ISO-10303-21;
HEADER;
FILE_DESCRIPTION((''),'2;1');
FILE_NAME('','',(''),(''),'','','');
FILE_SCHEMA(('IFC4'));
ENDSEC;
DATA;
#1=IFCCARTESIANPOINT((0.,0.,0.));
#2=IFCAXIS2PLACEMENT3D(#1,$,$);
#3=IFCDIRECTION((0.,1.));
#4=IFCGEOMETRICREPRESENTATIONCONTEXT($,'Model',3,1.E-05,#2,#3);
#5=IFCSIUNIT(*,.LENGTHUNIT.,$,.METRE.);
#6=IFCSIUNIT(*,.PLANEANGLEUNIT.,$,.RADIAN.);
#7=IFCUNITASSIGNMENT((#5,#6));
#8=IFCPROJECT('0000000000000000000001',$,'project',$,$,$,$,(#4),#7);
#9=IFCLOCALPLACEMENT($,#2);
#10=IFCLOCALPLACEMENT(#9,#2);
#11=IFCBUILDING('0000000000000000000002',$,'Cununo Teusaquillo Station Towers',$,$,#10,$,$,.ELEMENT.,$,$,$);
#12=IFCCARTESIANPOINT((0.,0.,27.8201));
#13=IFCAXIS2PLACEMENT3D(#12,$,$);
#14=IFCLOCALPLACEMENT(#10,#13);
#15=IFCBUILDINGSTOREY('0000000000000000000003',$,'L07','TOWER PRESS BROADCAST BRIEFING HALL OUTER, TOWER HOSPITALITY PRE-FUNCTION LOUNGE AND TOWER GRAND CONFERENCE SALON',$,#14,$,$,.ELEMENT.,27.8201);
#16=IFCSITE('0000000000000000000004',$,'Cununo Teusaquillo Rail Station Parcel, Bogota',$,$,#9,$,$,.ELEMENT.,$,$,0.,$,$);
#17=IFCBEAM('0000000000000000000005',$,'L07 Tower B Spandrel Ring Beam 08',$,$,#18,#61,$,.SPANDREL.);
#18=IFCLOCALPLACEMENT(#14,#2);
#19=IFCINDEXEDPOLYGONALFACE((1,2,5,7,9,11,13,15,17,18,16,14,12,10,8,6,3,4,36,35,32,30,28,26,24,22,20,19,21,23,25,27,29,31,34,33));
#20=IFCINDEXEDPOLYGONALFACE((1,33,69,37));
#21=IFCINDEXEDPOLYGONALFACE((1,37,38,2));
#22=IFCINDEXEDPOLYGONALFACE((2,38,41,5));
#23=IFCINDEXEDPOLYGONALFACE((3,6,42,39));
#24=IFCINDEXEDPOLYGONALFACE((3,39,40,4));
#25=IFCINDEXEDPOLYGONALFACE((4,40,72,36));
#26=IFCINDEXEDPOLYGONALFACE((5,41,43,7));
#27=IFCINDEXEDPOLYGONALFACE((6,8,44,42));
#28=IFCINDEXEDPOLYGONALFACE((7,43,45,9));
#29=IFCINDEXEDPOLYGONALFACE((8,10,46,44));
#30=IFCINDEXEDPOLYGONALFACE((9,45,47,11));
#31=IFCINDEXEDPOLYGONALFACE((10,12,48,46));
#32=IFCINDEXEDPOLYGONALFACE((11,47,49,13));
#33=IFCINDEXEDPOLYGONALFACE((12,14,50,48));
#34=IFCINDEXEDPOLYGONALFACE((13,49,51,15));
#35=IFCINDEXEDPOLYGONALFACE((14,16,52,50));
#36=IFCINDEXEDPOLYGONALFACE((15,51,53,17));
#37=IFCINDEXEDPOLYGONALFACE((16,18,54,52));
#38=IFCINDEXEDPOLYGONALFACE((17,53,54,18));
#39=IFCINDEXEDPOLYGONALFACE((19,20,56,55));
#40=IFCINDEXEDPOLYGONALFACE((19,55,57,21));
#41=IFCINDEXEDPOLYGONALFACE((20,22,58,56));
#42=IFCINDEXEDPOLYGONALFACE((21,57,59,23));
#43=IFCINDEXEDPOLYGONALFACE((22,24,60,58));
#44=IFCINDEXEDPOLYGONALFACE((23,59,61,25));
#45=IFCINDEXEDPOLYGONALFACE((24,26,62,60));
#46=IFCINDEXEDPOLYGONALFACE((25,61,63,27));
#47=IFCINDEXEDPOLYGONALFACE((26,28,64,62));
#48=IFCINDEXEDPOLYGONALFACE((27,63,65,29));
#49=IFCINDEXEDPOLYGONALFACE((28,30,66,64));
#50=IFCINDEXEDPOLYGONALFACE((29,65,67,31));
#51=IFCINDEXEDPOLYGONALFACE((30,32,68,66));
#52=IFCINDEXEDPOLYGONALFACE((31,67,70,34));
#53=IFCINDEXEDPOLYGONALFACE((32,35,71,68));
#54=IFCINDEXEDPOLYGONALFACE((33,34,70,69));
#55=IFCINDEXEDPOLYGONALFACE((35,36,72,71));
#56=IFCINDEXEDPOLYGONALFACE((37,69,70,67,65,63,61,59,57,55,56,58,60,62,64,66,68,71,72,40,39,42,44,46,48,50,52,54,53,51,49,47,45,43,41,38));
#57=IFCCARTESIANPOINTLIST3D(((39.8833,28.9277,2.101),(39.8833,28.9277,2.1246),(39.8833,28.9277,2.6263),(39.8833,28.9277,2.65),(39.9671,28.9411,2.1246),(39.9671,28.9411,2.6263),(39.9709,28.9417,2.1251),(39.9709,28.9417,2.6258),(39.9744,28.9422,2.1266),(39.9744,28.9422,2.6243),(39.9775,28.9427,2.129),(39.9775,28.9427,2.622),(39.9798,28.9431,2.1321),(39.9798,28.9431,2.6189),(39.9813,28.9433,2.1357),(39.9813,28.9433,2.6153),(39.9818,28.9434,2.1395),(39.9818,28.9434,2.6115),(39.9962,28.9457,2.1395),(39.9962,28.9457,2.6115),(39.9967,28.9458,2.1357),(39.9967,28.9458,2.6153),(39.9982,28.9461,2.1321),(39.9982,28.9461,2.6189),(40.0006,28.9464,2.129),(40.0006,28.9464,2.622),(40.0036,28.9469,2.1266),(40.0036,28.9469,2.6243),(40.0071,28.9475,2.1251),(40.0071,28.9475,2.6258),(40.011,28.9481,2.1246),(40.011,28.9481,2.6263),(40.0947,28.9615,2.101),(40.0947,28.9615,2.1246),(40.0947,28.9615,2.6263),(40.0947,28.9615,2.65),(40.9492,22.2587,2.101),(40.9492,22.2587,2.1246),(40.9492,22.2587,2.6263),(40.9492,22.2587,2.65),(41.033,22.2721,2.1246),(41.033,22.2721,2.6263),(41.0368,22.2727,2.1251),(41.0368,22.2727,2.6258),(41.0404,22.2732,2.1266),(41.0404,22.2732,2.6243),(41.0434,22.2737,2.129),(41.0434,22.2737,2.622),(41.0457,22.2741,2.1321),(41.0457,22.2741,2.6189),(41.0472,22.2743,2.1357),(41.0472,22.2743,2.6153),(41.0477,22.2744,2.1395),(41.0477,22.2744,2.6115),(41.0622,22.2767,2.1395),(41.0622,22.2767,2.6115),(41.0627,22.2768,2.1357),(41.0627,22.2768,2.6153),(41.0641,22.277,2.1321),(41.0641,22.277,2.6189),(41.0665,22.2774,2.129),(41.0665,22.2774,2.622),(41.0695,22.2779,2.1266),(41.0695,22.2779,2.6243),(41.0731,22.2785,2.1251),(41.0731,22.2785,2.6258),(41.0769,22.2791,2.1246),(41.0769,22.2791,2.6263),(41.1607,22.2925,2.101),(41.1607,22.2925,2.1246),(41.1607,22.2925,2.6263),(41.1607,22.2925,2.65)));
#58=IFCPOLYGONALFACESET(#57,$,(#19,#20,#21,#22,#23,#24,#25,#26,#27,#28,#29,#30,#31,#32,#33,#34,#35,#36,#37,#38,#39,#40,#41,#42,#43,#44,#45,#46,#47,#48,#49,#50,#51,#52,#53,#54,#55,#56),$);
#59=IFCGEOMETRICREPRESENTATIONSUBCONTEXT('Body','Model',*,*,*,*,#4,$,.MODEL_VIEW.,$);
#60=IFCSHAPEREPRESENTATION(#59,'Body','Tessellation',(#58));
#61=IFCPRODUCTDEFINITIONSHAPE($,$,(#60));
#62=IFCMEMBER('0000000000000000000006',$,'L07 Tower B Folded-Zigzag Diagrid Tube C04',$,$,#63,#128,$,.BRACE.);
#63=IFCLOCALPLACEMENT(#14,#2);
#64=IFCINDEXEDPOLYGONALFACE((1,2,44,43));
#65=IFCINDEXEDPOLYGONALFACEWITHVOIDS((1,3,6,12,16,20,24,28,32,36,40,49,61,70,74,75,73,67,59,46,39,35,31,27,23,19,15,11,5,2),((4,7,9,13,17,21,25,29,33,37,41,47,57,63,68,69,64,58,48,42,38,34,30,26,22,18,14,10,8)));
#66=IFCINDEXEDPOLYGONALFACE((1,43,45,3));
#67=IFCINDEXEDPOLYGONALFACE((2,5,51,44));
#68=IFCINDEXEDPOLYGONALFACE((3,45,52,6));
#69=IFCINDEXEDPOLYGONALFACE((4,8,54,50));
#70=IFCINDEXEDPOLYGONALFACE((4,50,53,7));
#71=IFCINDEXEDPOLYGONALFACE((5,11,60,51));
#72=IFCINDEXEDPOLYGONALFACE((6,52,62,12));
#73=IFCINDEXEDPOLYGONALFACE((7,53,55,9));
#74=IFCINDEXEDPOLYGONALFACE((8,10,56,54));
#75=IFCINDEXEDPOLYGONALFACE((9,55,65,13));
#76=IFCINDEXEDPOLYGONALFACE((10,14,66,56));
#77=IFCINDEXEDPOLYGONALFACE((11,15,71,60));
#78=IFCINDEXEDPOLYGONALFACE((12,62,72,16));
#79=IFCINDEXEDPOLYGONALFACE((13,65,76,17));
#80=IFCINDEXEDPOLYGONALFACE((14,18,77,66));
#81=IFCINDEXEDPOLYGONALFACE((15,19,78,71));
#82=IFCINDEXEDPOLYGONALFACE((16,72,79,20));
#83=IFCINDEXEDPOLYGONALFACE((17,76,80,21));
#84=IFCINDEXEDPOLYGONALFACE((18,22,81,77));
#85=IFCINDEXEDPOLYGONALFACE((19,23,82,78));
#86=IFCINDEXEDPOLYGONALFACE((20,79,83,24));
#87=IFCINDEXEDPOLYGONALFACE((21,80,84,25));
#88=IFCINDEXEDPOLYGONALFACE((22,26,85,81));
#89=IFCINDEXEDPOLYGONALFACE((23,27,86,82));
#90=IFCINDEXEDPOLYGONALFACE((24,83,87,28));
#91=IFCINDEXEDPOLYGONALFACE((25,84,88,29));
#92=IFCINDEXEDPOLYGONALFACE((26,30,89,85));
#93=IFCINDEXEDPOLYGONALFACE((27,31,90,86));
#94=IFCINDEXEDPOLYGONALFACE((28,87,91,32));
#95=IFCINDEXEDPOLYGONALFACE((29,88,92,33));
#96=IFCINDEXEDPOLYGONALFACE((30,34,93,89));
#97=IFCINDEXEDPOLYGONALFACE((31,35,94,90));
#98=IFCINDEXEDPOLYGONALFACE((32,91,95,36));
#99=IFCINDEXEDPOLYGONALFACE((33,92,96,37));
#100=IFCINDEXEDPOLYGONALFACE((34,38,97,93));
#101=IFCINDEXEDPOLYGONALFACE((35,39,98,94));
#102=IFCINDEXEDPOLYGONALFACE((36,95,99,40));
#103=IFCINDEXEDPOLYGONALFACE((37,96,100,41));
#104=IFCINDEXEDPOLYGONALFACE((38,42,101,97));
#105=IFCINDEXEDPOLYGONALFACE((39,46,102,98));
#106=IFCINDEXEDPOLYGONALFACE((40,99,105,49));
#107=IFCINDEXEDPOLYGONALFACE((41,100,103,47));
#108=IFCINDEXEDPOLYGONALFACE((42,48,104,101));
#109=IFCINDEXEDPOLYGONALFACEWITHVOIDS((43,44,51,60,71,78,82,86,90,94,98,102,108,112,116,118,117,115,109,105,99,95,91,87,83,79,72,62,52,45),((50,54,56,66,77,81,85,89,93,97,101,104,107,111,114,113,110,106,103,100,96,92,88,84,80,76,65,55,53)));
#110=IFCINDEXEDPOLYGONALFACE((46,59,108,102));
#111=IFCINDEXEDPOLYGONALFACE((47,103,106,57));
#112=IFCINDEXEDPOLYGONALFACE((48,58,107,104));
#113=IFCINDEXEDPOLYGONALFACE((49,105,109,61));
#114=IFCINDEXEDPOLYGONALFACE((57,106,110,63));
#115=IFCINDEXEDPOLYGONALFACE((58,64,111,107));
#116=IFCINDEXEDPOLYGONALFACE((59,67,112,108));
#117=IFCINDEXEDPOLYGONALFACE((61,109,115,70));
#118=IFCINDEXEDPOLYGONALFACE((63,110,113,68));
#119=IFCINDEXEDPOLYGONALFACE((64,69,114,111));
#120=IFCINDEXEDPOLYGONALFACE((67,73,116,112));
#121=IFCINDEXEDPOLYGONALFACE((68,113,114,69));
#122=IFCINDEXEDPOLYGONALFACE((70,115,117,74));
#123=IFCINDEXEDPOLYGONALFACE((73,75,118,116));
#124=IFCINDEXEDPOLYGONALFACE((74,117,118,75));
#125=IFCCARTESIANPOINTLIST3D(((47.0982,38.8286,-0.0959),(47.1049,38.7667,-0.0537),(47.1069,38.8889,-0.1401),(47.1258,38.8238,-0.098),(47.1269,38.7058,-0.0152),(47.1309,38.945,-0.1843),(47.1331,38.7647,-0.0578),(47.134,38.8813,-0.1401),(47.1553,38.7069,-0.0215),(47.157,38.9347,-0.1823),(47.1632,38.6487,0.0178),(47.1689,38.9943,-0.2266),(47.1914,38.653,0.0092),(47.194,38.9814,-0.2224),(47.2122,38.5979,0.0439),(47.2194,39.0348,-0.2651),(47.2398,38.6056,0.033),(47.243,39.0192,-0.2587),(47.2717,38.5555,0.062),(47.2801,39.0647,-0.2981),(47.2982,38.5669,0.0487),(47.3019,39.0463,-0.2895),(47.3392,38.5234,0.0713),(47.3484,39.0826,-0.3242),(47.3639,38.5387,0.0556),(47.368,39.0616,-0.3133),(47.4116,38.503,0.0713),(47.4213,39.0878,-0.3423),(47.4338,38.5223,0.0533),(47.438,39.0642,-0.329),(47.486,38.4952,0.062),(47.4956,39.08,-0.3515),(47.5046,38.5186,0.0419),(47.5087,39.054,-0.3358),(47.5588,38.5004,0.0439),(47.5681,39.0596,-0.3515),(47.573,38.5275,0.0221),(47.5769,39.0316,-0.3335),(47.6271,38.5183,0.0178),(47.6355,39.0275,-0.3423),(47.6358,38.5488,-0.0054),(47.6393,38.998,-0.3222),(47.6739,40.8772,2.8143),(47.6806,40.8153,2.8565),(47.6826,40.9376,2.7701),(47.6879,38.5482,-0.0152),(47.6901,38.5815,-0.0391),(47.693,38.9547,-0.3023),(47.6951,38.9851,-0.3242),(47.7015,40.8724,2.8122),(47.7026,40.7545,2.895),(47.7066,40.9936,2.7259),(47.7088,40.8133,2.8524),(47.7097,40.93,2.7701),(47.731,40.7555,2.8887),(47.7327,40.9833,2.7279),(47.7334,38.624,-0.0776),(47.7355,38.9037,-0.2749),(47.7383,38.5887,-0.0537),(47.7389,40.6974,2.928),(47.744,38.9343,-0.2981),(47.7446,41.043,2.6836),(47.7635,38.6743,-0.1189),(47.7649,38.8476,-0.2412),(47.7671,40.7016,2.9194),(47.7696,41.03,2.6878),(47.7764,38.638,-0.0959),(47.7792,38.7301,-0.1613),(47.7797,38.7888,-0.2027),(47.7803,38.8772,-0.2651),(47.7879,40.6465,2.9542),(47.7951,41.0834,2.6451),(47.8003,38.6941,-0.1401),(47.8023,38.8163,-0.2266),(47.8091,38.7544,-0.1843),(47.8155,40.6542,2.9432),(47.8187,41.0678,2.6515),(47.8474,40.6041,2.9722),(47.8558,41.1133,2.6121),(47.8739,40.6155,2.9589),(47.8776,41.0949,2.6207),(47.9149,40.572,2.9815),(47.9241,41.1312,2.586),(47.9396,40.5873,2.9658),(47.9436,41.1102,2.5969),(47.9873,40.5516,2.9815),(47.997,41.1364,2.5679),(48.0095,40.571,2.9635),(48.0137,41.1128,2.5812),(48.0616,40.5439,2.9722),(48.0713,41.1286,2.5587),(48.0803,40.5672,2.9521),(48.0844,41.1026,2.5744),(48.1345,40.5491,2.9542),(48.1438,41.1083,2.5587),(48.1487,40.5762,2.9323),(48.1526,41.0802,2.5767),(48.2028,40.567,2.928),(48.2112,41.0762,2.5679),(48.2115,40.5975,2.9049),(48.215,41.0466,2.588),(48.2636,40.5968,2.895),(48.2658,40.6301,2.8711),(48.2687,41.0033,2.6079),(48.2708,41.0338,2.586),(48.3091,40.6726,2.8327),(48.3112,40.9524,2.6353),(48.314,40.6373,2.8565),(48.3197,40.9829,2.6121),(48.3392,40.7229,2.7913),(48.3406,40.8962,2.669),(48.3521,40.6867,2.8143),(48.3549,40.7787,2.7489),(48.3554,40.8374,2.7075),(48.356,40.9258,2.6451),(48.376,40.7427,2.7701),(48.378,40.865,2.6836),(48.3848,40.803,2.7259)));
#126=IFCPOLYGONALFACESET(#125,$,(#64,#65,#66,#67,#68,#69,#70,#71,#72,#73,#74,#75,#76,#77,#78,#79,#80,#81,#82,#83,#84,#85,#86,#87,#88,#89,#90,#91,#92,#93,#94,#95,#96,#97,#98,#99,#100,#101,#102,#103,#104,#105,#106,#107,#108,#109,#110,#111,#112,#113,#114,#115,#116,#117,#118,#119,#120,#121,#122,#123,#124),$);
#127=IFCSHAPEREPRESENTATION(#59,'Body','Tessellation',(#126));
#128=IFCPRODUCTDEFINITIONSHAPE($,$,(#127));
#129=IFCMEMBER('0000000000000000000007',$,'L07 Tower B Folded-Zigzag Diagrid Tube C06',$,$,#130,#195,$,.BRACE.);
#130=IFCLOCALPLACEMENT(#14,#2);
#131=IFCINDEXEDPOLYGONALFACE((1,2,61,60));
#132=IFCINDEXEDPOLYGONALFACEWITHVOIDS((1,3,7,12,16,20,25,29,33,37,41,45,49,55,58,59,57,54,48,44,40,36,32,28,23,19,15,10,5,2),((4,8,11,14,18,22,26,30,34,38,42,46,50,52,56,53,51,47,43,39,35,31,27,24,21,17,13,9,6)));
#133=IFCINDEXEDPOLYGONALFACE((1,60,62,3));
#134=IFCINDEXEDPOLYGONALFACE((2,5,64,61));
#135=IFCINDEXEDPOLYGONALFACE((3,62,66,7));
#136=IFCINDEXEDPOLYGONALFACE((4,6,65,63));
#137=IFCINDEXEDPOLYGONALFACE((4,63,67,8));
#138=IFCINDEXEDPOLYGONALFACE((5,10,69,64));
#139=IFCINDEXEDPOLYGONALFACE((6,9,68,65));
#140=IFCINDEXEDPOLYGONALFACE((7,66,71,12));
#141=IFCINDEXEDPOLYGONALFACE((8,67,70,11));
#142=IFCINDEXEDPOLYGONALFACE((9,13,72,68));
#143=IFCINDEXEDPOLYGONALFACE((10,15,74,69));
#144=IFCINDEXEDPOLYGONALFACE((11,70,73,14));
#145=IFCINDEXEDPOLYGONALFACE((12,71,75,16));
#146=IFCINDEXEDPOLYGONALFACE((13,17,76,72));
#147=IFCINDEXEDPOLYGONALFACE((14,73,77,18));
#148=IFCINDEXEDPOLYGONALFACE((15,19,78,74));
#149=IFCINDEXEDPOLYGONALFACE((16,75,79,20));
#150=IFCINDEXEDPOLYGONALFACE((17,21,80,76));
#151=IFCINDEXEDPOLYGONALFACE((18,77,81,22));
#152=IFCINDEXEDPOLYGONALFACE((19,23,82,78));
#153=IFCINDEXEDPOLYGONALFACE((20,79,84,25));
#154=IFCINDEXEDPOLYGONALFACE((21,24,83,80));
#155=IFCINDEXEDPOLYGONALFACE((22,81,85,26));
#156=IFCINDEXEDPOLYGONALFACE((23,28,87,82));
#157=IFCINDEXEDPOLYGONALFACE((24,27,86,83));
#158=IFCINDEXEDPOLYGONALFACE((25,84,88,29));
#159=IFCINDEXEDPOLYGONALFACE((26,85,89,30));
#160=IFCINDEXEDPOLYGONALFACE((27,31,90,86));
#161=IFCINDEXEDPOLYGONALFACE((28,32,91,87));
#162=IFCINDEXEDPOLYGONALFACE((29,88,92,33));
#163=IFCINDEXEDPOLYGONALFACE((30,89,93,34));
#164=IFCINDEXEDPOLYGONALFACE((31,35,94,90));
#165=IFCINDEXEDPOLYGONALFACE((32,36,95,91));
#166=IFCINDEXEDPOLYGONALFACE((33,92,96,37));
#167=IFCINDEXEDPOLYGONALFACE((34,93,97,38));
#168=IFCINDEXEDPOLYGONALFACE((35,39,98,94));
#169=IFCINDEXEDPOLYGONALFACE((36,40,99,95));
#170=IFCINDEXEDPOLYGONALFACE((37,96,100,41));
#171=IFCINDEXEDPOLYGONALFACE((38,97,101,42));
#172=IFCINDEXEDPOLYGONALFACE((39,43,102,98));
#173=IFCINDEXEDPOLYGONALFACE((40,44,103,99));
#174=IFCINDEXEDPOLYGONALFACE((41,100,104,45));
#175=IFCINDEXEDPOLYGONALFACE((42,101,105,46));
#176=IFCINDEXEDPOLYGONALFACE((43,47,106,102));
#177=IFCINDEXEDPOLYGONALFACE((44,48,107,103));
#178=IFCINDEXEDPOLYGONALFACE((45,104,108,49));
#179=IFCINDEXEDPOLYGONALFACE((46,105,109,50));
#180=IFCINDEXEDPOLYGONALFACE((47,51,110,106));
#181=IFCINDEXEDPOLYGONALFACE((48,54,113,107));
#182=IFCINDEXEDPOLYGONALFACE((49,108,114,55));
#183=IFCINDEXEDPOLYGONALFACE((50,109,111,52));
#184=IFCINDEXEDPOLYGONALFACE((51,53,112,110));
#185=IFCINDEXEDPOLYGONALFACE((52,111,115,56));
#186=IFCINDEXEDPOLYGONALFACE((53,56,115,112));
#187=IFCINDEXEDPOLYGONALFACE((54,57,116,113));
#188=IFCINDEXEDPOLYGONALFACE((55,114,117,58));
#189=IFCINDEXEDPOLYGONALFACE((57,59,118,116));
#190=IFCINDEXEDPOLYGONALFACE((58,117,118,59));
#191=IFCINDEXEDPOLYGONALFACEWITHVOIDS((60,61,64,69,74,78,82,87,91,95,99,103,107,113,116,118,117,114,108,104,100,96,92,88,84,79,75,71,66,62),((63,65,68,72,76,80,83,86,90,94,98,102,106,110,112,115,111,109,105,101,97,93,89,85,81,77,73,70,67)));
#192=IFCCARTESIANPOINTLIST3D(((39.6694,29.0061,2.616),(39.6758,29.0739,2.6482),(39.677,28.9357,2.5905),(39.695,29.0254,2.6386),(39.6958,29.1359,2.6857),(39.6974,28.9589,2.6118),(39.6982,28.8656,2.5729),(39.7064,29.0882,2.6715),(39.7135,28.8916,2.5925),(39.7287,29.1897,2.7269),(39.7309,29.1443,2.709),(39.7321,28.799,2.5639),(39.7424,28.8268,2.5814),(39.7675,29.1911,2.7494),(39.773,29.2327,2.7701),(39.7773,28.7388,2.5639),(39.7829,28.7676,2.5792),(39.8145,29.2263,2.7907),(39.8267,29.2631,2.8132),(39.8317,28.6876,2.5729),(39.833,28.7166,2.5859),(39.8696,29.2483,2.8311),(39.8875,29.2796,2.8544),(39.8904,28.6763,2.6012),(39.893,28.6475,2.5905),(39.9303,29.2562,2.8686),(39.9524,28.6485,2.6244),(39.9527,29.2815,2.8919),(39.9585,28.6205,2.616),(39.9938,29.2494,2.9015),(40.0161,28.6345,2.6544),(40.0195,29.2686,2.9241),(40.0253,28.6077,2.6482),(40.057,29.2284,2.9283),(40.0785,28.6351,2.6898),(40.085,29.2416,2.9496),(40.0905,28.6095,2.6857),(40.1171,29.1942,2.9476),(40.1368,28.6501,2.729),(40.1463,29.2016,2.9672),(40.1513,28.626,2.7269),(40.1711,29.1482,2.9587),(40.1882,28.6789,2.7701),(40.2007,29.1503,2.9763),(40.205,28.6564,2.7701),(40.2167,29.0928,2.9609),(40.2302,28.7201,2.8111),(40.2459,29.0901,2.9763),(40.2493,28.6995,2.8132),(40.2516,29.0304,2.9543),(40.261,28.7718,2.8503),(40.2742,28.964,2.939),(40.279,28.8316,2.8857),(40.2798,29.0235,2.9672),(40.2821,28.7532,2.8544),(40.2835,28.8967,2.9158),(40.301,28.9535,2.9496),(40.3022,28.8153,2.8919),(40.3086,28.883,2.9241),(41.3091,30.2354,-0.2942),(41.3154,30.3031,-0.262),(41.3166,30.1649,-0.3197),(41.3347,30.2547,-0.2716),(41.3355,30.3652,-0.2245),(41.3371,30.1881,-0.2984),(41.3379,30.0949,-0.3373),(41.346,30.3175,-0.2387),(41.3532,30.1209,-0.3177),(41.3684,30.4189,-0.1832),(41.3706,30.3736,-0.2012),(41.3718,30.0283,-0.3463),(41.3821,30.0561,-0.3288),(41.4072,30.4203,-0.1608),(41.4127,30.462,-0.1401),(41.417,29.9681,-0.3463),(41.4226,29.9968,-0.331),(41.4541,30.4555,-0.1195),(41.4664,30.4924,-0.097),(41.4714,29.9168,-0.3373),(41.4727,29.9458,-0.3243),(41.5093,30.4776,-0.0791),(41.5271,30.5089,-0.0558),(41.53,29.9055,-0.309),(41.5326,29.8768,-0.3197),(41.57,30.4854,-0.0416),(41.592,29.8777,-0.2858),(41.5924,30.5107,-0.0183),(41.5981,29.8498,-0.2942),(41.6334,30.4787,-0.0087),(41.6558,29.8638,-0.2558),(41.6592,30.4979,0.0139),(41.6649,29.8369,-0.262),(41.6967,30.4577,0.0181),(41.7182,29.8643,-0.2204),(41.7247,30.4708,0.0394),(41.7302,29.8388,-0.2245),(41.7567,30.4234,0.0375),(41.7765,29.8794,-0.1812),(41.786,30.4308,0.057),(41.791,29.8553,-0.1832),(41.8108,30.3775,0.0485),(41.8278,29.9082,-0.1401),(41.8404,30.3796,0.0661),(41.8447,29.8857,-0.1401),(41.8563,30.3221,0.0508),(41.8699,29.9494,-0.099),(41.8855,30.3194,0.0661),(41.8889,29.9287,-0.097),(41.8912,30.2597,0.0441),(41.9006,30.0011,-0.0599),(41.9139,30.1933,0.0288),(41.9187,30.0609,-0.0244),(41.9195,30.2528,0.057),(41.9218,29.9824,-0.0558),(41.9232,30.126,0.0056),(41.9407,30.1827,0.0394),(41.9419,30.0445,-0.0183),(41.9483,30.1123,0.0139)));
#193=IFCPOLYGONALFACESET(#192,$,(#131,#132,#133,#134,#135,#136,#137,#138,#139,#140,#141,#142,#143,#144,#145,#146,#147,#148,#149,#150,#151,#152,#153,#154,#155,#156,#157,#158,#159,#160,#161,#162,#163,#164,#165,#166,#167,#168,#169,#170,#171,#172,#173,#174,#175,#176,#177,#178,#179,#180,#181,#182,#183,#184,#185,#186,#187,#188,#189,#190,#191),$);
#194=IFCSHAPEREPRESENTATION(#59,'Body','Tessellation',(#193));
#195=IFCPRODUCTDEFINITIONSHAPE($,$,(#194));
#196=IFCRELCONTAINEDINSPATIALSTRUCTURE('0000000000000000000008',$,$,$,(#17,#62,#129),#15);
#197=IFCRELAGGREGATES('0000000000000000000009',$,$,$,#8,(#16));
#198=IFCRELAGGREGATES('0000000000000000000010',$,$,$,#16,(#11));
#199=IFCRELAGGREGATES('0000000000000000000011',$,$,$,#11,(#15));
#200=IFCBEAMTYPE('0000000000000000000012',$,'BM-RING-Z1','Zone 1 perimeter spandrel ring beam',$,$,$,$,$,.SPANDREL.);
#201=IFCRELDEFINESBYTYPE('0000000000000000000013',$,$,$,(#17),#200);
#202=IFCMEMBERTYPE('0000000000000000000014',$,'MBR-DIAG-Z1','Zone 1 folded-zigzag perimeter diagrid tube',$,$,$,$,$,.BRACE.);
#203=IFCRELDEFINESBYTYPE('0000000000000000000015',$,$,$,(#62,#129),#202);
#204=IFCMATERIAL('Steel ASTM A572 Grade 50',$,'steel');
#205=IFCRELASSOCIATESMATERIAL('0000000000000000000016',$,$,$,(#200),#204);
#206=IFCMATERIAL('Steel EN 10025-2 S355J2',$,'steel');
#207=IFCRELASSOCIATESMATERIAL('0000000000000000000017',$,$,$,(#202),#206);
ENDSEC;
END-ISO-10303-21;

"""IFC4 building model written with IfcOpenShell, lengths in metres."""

from ifc_helpers import new_model, si_unit, direction, frame, origin, origin_2d, place, context, subcontext, project, spatial, hollow_circle, i_section, extrude, material, material_profile, profile_set, type_object, element, save


model = new_model("IFC4")

# Units and contexts
model_context = context("Model", 3, precision=1e-05, world=origin(), true_north=direction((0.0, 1.0)))
body_context = subcontext(model_context, "Body", "Model", "MODEL_VIEW")
ifc_project = project(units=[si_unit("LENGTHUNIT", "METRE"), si_unit("PLANEANGLEUNIT", "RADIAN")], contexts=[model_context])

# Site, building, storey
site_placement = place(None, origin())
site = spatial("IfcSite", under=ifc_project, at=site_placement, Name="Cununo Teusaquillo Rail Station Parcel, Bogota", CompositionType="ELEMENT", RefElevation=0.0)
building_placement = place(site_placement, origin())
building = spatial("IfcBuilding", under=site, at=building_placement, Name="Cununo Teusaquillo Station Towers", CompositionType="ELEMENT")
storey_placement = place(building_placement, frame((0.0, 0.0, 27.8201)))
storey = spatial("IfcBuildingStorey", under=building, at=storey_placement, Name="L07", Description="TOWER PRESS BROADCAST BRIEFING HALL OUTER, TOWER HOSPITALITY PRE-FUNCTION LOUNGE AND TOWER GRAND CONFERENCE SALON", CompositionType="ELEMENT", Elevation=27.8201)

# Beam
ifc_material_1 = material(Name="Steel ASTM A572 Grade 50", Category="steel")
ifc_material_profile_1 = material_profile(ifc_material_1, i_section(OverallWidth=0.2141, OverallDepth=0.5491, WebThickness=0.0146, FlangeThickness=0.0237, FilletRadius=0.0149, at=origin_2d()), Name="W21X93")
ifc_profile_set_1 = profile_set([ifc_material_profile_1], Name="Steel ASTM A572 Grade 50")
beam_type_1 = type_object("IfcBeamType", Name="BM-RING-Z1", Description="Zone 1 perimeter spandrel ring beam", PredefinedType="SPANDREL", material=ifc_profile_set_1)
beam_1_placement = place(storey_placement, frame((39.989, 28.9446, 2.3755), z_axis=(0.15783, -0.987466, 0.0), x_axis=(0.987466, 0.15783, 0.0)))
element("IfcBeam", 1, at=beam_1_placement, inside=storey, type_object=beam_type_1, Name="L07 Tower B Spandrel Ring Beam 08", PredefinedType="SPANDREL", context=body_context, shape_type="SweptSolid", body=[
    extrude(i_section(OverallWidth=0.2141, OverallDepth=0.5491, WebThickness=0.0146, FlangeThickness=0.0237, FilletRadius=0.0149, at=origin_2d()), origin(), (0.0, 0.0, 1.0), 6.7537),
])

# Members
ifc_material_2 = material(Name="Steel EN 10025-2 S355J2", Category="steel")
ifc_material_profile_2 = material_profile(ifc_material_2, hollow_circle(Radius=0.3601, WallThickness=0.0281, at=origin_2d()), Name="CHS 720x28")
ifc_profile_set_2 = profile_set([ifc_material_profile_2], Name="Steel EN 10025-2 S355J2")
member_type = type_object("IfcMemberType", Name="MBR-DIAG-Z1", Description="Zone 1 folded-zigzag perimeter diagrid tube", PredefinedType="BRACE", material=ifc_profile_set_2)
member_1_placement = place(storey_placement, frame((47.4536, 38.7915, -0.1401), z_axis=(0.159684, 0.568238, 0.807222), x_axis=(-0.96271, 0.270536, 0.0)))
element("IfcMember", 2, at=member_1_placement, inside=storey, type_object=member_type, Name="L07 Tower B Folded-Zigzag Diagrid Tube C04", PredefinedType="BRACE", context=body_context, shape_type="SweptSolid", body=[
    extrude(hollow_circle(Radius=0.3601, WallThickness=0.0281, at=origin_2d()), origin(), (0.0, 0.0, 1.0), 3.6052),
])
member_2_placement = place(storey_placement, frame((41.6287, 30.1738, -0.1401), z_axis=(-0.460668, -0.345364, 0.817624), x_axis=(0.599847, -0.800114, 0.0)))
element("IfcMember", 3, at=member_2_placement, inside=storey, type_object=member_type, Name="L07 Tower B Folded-Zigzag Diagrid Tube C06", PredefinedType="BRACE", context=body_context, shape_type="SweptSolid", body=[
    extrude(hollow_circle(Radius=0.3601, WallThickness=0.0281, at=origin_2d()), origin(), (0.0, 0.0, 1.0), 3.5593),
])

save(model, "model.ifc")
